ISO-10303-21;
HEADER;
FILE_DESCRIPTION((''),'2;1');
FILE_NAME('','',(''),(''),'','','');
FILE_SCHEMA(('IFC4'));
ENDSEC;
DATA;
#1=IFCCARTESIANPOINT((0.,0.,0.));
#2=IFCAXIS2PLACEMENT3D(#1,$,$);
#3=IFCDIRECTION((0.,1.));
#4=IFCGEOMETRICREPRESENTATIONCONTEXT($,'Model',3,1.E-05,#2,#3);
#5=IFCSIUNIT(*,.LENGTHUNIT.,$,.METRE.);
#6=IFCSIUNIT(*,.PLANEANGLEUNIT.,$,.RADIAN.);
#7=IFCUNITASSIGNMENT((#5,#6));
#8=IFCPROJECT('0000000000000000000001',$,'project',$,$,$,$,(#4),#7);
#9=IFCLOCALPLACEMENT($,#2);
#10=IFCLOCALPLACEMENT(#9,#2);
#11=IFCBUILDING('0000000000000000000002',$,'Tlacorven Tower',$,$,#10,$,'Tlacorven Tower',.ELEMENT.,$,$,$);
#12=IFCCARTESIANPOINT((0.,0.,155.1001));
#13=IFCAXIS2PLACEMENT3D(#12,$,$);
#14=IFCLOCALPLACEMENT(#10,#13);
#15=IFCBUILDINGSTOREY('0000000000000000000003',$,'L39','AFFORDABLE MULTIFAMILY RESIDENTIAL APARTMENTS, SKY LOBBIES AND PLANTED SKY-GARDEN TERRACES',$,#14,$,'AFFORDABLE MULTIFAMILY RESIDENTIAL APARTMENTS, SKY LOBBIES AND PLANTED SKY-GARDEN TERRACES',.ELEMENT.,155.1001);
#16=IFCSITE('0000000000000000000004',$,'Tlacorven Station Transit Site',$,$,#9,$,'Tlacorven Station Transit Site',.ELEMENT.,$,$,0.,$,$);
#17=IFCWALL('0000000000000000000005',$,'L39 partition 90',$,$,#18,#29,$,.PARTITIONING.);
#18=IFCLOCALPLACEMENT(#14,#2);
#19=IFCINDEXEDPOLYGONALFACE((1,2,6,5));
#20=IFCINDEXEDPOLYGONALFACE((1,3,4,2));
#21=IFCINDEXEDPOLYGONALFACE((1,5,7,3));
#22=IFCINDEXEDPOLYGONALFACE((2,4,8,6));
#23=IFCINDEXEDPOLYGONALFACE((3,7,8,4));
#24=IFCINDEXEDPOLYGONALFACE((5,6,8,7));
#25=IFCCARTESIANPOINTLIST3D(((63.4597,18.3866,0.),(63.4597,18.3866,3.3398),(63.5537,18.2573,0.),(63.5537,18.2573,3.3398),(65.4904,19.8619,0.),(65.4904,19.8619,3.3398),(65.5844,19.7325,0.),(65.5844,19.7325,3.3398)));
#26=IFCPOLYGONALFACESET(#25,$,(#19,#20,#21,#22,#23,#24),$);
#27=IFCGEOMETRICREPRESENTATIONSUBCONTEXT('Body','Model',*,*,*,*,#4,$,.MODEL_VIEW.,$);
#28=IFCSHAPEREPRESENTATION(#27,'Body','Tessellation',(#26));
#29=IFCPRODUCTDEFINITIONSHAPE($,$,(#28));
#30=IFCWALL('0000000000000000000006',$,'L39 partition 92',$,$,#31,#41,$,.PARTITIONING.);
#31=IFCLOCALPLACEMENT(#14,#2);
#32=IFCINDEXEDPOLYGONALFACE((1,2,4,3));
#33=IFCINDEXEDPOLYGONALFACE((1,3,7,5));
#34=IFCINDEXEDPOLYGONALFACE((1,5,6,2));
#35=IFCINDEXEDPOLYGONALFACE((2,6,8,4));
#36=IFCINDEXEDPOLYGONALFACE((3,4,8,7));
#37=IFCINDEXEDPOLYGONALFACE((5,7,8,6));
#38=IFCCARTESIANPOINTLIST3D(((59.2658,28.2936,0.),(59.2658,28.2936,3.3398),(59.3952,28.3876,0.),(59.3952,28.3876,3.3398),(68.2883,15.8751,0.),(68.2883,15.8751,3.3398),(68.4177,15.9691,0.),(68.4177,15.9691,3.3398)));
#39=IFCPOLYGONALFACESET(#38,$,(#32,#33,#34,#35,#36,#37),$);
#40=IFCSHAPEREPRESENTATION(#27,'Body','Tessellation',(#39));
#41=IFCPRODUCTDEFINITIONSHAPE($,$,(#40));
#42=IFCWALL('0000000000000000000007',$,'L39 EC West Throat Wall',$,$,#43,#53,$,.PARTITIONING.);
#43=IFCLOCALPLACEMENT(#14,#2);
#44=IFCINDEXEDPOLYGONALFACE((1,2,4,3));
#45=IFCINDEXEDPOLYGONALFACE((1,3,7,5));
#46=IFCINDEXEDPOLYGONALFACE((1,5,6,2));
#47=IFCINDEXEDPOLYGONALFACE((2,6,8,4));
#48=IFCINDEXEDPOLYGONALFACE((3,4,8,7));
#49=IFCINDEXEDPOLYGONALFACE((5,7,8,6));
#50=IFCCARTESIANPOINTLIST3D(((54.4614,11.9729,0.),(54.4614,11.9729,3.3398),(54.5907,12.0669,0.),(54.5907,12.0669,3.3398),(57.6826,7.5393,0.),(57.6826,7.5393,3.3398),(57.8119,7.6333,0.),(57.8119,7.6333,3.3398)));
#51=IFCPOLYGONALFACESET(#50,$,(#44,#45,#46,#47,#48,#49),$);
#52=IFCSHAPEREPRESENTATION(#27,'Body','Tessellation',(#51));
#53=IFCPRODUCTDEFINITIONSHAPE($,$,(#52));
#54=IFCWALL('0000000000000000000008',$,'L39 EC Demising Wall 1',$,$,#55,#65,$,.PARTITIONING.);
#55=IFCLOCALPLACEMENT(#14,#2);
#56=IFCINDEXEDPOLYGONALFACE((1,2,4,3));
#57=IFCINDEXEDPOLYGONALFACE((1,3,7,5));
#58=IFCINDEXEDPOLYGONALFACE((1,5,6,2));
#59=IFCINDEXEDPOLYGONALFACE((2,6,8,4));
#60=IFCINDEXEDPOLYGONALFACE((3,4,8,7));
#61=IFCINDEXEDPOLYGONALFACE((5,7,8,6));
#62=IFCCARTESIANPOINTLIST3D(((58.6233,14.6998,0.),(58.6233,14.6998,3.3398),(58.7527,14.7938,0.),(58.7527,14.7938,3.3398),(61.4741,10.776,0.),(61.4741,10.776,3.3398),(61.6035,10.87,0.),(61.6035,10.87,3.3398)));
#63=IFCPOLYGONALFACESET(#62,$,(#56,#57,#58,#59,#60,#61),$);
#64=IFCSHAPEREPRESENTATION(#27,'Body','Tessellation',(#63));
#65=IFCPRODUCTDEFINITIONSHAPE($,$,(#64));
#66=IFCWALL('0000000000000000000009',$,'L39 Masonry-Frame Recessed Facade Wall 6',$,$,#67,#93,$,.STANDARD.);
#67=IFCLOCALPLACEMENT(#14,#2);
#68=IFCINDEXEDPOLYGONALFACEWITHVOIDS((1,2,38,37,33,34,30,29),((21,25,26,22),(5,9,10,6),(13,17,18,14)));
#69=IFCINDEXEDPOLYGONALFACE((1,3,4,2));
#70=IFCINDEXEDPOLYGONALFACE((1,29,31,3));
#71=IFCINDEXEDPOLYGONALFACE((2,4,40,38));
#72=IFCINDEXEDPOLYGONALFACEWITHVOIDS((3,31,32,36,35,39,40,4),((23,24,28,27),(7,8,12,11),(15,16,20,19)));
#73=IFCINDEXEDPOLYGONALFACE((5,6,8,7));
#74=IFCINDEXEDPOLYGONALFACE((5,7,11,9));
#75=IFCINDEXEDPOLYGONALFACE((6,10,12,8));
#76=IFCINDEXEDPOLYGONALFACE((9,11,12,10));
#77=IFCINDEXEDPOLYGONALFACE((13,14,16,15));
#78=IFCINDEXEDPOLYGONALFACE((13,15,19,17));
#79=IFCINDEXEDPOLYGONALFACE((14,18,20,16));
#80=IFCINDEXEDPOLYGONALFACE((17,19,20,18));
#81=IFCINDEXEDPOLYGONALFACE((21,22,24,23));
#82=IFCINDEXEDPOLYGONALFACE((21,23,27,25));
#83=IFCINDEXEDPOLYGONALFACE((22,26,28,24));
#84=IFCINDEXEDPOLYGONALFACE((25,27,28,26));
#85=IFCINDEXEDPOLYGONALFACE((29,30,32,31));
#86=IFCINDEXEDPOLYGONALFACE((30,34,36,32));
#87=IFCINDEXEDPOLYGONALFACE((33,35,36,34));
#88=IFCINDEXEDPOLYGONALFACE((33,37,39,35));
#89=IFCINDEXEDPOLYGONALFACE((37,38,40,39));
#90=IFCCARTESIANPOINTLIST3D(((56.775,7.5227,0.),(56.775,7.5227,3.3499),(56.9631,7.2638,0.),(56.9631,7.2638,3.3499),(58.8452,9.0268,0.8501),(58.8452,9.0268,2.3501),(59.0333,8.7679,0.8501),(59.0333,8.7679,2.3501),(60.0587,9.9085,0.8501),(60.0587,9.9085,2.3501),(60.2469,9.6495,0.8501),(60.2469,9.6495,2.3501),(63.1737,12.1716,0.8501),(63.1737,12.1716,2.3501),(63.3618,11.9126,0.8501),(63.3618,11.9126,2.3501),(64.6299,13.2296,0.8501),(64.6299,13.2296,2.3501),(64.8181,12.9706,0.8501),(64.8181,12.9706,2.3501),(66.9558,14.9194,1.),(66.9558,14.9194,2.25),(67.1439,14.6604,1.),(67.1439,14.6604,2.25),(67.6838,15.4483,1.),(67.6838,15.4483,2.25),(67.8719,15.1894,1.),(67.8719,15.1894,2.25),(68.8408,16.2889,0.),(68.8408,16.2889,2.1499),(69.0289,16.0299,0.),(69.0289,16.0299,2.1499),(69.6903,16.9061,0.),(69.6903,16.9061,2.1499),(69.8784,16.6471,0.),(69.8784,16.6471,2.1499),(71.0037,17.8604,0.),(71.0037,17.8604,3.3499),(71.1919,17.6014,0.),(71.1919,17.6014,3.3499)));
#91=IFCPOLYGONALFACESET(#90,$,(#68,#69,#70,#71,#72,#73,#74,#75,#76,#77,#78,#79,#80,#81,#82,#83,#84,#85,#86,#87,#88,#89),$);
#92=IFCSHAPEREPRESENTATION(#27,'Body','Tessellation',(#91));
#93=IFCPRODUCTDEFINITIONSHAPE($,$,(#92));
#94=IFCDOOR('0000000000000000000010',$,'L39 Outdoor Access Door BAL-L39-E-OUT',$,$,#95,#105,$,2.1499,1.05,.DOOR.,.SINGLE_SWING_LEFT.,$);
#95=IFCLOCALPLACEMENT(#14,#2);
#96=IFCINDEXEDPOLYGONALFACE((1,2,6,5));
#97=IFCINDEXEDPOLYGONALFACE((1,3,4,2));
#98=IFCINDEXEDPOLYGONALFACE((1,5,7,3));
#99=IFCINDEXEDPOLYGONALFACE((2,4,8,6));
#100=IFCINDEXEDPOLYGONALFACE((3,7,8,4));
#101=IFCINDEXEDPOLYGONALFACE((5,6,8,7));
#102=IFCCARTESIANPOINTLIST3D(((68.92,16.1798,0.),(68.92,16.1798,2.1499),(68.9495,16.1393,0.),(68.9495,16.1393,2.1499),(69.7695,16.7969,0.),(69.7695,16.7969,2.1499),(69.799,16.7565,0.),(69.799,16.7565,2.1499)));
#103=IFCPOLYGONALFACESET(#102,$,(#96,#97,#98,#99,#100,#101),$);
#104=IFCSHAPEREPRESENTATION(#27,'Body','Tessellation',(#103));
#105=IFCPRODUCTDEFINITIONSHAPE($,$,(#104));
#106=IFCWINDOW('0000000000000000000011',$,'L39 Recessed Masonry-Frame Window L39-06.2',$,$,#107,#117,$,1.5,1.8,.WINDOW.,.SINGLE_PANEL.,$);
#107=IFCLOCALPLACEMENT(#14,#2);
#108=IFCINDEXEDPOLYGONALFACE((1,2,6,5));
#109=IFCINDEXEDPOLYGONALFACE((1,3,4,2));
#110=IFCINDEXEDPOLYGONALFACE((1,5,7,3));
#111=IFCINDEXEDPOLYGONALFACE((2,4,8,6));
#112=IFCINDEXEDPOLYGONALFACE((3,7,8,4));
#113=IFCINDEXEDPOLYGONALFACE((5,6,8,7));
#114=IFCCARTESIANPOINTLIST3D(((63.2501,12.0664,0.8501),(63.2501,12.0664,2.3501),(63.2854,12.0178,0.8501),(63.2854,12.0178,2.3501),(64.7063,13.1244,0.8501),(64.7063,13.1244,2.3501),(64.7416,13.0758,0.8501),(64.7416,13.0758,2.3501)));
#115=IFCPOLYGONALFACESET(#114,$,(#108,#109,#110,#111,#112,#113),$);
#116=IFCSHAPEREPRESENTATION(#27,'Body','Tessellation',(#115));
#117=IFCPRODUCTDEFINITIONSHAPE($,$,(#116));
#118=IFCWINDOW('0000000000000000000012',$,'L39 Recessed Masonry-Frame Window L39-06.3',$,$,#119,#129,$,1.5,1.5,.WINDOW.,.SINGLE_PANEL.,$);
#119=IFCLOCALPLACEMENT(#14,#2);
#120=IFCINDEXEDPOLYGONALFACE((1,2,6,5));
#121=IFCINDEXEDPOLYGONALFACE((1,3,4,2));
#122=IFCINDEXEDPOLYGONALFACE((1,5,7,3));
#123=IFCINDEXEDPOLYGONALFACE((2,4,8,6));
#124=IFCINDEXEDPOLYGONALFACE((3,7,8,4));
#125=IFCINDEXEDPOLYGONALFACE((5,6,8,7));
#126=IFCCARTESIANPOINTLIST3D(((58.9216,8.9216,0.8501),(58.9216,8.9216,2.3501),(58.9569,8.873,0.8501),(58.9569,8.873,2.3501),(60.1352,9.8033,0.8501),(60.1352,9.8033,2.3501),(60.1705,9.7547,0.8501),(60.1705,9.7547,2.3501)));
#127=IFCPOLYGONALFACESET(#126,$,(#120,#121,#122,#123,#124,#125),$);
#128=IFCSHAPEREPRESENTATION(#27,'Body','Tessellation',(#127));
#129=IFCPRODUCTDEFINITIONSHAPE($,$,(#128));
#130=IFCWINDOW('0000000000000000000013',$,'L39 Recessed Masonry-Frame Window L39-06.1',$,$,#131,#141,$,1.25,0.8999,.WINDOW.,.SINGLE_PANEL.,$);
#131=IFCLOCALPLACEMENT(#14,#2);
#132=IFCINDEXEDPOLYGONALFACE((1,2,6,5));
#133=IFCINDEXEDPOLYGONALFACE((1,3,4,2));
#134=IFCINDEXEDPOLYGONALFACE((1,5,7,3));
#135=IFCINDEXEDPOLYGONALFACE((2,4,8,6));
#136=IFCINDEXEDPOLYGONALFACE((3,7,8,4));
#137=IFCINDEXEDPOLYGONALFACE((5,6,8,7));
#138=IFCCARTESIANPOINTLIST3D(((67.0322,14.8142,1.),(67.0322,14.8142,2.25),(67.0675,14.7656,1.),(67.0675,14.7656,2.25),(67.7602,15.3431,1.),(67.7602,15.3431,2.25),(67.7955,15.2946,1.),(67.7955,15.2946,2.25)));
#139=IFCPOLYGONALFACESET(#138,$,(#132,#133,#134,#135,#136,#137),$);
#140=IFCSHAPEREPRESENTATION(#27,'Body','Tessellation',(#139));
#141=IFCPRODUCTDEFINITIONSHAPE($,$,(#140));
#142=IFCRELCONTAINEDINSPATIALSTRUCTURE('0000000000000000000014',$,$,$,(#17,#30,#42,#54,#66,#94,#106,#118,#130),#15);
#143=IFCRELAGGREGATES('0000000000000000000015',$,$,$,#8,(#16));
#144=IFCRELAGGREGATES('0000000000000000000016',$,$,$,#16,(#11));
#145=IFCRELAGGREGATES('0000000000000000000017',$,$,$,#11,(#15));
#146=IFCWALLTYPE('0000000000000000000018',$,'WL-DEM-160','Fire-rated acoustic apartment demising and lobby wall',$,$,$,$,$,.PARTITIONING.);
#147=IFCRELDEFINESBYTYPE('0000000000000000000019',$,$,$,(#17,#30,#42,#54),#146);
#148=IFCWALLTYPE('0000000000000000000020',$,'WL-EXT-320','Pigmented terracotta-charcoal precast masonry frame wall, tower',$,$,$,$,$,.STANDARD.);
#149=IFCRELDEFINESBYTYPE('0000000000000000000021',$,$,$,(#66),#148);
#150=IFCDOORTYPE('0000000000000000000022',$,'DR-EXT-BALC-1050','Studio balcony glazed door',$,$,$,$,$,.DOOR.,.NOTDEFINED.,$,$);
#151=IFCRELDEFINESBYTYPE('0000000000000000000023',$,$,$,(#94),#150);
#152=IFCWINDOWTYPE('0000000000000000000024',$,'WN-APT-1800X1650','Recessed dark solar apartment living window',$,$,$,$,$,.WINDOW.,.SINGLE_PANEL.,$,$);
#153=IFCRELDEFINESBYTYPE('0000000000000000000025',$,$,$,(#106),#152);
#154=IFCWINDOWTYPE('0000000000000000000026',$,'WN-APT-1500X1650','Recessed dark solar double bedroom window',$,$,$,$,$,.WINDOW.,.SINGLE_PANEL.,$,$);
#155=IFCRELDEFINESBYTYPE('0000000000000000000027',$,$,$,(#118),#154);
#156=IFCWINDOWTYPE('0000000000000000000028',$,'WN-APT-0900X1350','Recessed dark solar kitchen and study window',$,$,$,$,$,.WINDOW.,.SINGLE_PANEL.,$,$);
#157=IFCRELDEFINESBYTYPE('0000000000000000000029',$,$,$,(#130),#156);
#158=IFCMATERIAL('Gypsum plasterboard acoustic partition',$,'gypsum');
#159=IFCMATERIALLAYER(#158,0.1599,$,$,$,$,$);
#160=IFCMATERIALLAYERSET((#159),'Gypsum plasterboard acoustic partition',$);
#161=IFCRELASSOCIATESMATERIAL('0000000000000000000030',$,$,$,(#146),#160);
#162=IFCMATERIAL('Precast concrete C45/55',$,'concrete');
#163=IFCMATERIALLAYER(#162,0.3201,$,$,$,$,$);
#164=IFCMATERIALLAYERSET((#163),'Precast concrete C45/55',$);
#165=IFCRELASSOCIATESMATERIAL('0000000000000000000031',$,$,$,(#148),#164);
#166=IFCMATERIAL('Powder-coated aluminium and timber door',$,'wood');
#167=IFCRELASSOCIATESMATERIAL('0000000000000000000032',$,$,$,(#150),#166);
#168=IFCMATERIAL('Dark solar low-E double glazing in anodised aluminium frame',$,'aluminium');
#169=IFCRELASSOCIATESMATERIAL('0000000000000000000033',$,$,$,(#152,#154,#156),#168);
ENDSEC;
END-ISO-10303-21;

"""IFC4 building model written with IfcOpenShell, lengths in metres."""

from ifc_helpers import new_model, si_unit, direction, frame, frame_2d, origin, place, context, subcontext, project, spatial, rectangle, extrude, source, transform, mapped, material, layer, layer_set, type_object, element, fill, save


model = new_model("IFC4")

# Units and contexts
model_context = context("Model", 3, precision=1e-05, world=origin(), true_north=direction((0.0, 1.0)))
body_context = subcontext(model_context, "Body", "Model", "MODEL_VIEW")
ifc_project = project(units=[si_unit("LENGTHUNIT", "METRE"), si_unit("PLANEANGLEUNIT", "RADIAN")], contexts=[model_context])

# Site, building, storey
site_placement = place(None, origin())
site = spatial("IfcSite", under=ifc_project, at=site_placement, Name="Tlacorven Station Transit Site", LongName="Tlacorven Station Transit Site", CompositionType="ELEMENT", RefElevation=0.0)
building_placement = place(site_placement, origin())
building = spatial("IfcBuilding", under=site, at=building_placement, Name="Tlacorven Tower", LongName="Tlacorven Tower", CompositionType="ELEMENT")
storey_placement = place(building_placement, frame((0.0, 0.0, 155.1001)))
storey = spatial("IfcBuildingStorey", under=building, at=storey_placement, Name="L39", Description="AFFORDABLE MULTIFAMILY RESIDENTIAL APARTMENTS, SKY LOBBIES AND PLANTED SKY-GARDEN TERRACES", LongName="AFFORDABLE MULTIFAMILY RESIDENTIAL APARTMENTS, SKY LOBBIES AND PLANTED SKY-GARDEN TERRACES", CompositionType="ELEMENT", Elevation=155.1001)

# Walls
ifc_material_1 = material(Name="Gypsum plasterboard acoustic partition", Category="gypsum")
ifc_layer_1 = layer(ifc_material_1, 0.1599)
ifc_layer_set_1 = layer_set([ifc_layer_1], Name="Gypsum plasterboard acoustic partition")
wall_type_1 = type_object("IfcWallType", Name="WL-DEM-160", Description="Fire-rated acoustic apartment demising and lobby wall", PredefinedType="PARTITIONING", material=ifc_layer_set_1)
wall_1_placement = place(storey_placement, frame((63.5068, 18.322, 0.0), z_axis=(0.0, 0.0, 1.0), x_axis=(0.809035, 0.587761, 0.0)))
element("IfcWall", 1, at=wall_1_placement, inside=storey, type_object=wall_type_1, Name="L39 partition 90", PredefinedType="PARTITIONING", context=body_context, shape_type="SweptSolid", body=[
    extrude(rectangle(XDim=2.51, YDim=0.1599, at=frame_2d((1.2549, 0.0))), origin(), (0.0, 0.0, 1.0), 3.3398),
])
wall_2_placement = place(storey_placement, frame((68.353, 15.9221, 0.0), z_axis=(0.0, 0.0, 1.0), x_axis=(-0.587782, 0.809019, 0.0)))
element("IfcWall", 2, at=wall_2_placement, inside=storey, type_object=wall_type_1, Name="L39 partition 92", PredefinedType="PARTITIONING", context=body_context, shape_type="SweptSolid", body=[
    extrude(rectangle(XDim=15.3501, YDim=0.1599, at=frame_2d((7.675, 0.0))), origin(), (0.0, 0.0, 1.0), 3.3398),
])
wall_3_placement = place(storey_placement, frame((57.7473, 7.5862, 0.0), z_axis=(0.0, 0.0, 1.0), x_axis=(-0.587785, 0.809017, 0.0)))
element("IfcWall", 3, at=wall_3_placement, inside=storey, type_object=wall_type_1, Name="L39 EC West Throat Wall", PredefinedType="PARTITIONING", context=body_context, shape_type="SweptSolid", body=[
    extrude(rectangle(XDim=5.4802, YDim=0.1599, at=frame_2d((2.7402, 0.0))), origin(), (0.0, 0.0, 1.0), 3.3398),
])
wall_4_placement = place(storey_placement, frame((61.5388, 10.823, 0.0), z_axis=(0.0, 0.0, 1.0), x_axis=(-0.587786, 0.809017, 0.0)))
element("IfcWall", 4, at=wall_4_placement, inside=storey, type_object=wall_type_1, Name="L39 EC Demising Wall 1", PredefinedType="PARTITIONING", context=body_context, shape_type="SweptSolid", body=[
    extrude(rectangle(XDim=4.8501, YDim=0.1599, at=frame_2d((2.425, 0.0))), origin(), (0.0, 0.0, 1.0), 3.3398),
])

# Wall, openings, door, windows
ifc_material_2 = material(Name="Precast concrete C45/55", Category="concrete")
ifc_layer_2 = layer(ifc_material_2, 0.3201)
ifc_layer_set_2 = layer_set([ifc_layer_2], Name="Precast concrete C45/55")
wall_type_2 = type_object("IfcWallType", Name="WL-EXT-320", Description="Pigmented terracotta-charcoal precast masonry frame wall, tower", PredefinedType="STANDARD", material=ifc_layer_set_2)
wall_5_placement = place(storey_placement, frame((71.0979, 17.731, 0.0), z_axis=(0.0, 0.0, 1.0), x_axis=(-0.809021, -0.58778, 0.0)))
wall_5 = element("IfcWall", 5, at=wall_5_placement, inside=storey, type_object=wall_type_2, Name="L39 Masonry-Frame Recessed Facade Wall 6", PredefinedType="STANDARD", context=body_context, shape_type="SweptSolid", body=[
    extrude(rectangle(XDim=17.5876, YDim=0.3201, at=frame_2d((8.7939, 0.0))), origin(), (0.0, 0.0, 1.0), 3.3499),
])
opening_1_placement = place(wall_5_placement, frame((1.6238, 0.0, 0.0)))
opening_1 = element("IfcOpeningElement", 6, at=opening_1_placement, cuts=wall_5, PredefinedType="OPENING", context=body_context, shape_type="SweptSolid", body=[
    extrude(rectangle(XDim=1.05, YDim=2.1499, at=frame_2d((0.5249, 1.075))), frame((0.0, 0.1699, 0.0), z_axis=(0.0, -1.0, 0.0), x_axis=(1.0, 0.0, 0.0)), (0.0, 0.0, 1.0), 0.3401),
])
opening_2_placement = place(wall_5_placement, frame((4.1038, 0.0, 1.0)))
opening_2 = element("IfcOpeningElement", 7, at=opening_2_placement, cuts=wall_5, PredefinedType="OPENING", context=body_context, shape_type="SweptSolid", body=[
    extrude(rectangle(XDim=0.8999, YDim=1.25, at=frame_2d((0.45, 0.625))), frame((0.0, 0.1699, 0.0), z_axis=(0.0, -1.0, 0.0), x_axis=(1.0, 0.0, 0.0)), (0.0, 0.0, 1.0), 0.3401),
])
opening_3_placement = place(wall_5_placement, frame((7.8787, 0.0, 0.8501)))
opening_3 = element("IfcOpeningElement", 8, at=opening_3_placement, cuts=wall_5, PredefinedType="OPENING", context=body_context, shape_type="SweptSolid", body=[
    extrude(rectangle(XDim=1.8, YDim=1.5, at=frame_2d((0.8999, 0.75))), frame((0.0, 0.1699, 0.0), z_axis=(0.0, -1.0, 0.0), x_axis=(1.0, 0.0, 0.0)), (0.0, 0.0, 1.0), 0.3401),
])
opening_4_placement = place(wall_5_placement, frame((13.5288, 0.0, 0.8501)))
opening_4 = element("IfcOpeningElement", 9, at=opening_4_placement, cuts=wall_5, PredefinedType="OPENING", context=body_context, shape_type="SweptSolid", body=[
    extrude(rectangle(XDim=1.5, YDim=1.5, at=frame_2d((0.75, 0.75))), frame((0.0, 0.1699, 0.0), z_axis=(0.0, -1.0, 0.0), x_axis=(1.0, 0.0, 0.0)), (0.0, 0.0, 1.0), 0.3401),
])
ifc_material_3 = material(Name="Powder-coated aluminium and timber door", Category="wood")
door_type = type_object("IfcDoorType", Name="DR-EXT-BALC-1050", Description="Studio balcony glazed door", OperationType="NOTDEFINED", PredefinedType="DOOR", material=ifc_material_3)
shared_shape_1 = source(origin(), body_context, "Body", "SweptSolid", [
    extrude(rectangle(XDim=1.05, YDim=2.1499, at=frame_2d((0.5249, 1.075))), frame((0.0, 0.0249, 0.0), z_axis=(0.0, -1.0, 0.0), x_axis=(1.0, 0.0, 0.0)), (0.0, 0.0, 1.0), 0.05),
])
door_placement = place(opening_1_placement, origin())
door = element("IfcDoor", 10, at=door_placement, inside=storey, type_object=door_type, Name="L39 Outdoor Access Door BAL-L39-E-OUT", OperationType="SINGLE_SWING_LEFT", OverallHeight=2.1499, OverallWidth=1.05, PredefinedType="DOOR", context=body_context, shape_type="MappedRepresentation", body=[
    mapped(shared_shape_1, transform((0.0, 0.0, 0.0), scale=1.0)),
])
fill(opening_1, door)
ifc_material_4 = material(Name="Dark solar low-E double glazing in anodised aluminium frame", Category="aluminium")
window_type_1 = type_object("IfcWindowType", Name="WN-APT-1800X1650", Description="Recessed dark solar apartment living window", PartitioningType="SINGLE_PANEL", PredefinedType="WINDOW", material=ifc_material_4)
shared_shape_2 = source(origin(), body_context, "Body", "SweptSolid", [
    extrude(rectangle(XDim=1.8, YDim=1.5, at=frame_2d((0.8999, 0.75))), frame((0.0, 0.03, 0.0), z_axis=(0.0, -1.0, 0.0), x_axis=(1.0, 0.0, 0.0)), (0.0, 0.0, 1.0), 0.0601),
])
window_1_placement = place(opening_3_placement, origin())
window_1 = element("IfcWindow", 11, at=window_1_placement, inside=storey, type_object=window_type_1, Name="L39 Recessed Masonry-Frame Window L39-06.2", OverallHeight=1.5, OverallWidth=1.8, PartitioningType="SINGLE_PANEL", PredefinedType="WINDOW", context=body_context, shape_type="MappedRepresentation", body=[
    mapped(shared_shape_2, transform((0.0, 0.0, 0.0), scale=1.0)),
])
fill(opening_3, window_1)
window_type_2 = type_object("IfcWindowType", Name="WN-APT-1500X1650", Description="Recessed dark solar double bedroom window", PartitioningType="SINGLE_PANEL", PredefinedType="WINDOW", material=ifc_material_4)
shared_shape_3 = source(origin(), body_context, "Body", "SweptSolid", [
    extrude(rectangle(XDim=1.5, YDim=1.5, at=frame_2d((0.75, 0.75))), frame((0.0, 0.03, 0.0), z_axis=(0.0, -1.0, 0.0), x_axis=(1.0, 0.0, 0.0)), (0.0, 0.0, 1.0), 0.0601),
])
window_2_placement = place(opening_4_placement, origin())
window_2 = element("IfcWindow", 12, at=window_2_placement, inside=storey, type_object=window_type_2, Name="L39 Recessed Masonry-Frame Window L39-06.3", OverallHeight=1.5, OverallWidth=1.5, PartitioningType="SINGLE_PANEL", PredefinedType="WINDOW", context=body_context, shape_type="MappedRepresentation", body=[
    mapped(shared_shape_3, transform((0.0, 0.0, 0.0), scale=1.0)),
])
fill(opening_4, window_2)
window_type_3 = type_object("IfcWindowType", Name="WN-APT-0900X1350", Description="Recessed dark solar kitchen and study window", PartitioningType="SINGLE_PANEL", PredefinedType="WINDOW", material=ifc_material_4)
shared_shape_4 = source(origin(), body_context, "Body", "SweptSolid", [
    extrude(rectangle(XDim=0.8999, YDim=1.25, at=frame_2d((0.45, 0.625))), frame((0.0, 0.03, 0.0), z_axis=(0.0, -1.0, 0.0), x_axis=(1.0, 0.0, 0.0)), (0.0, 0.0, 1.0), 0.0601),
])
window_3_placement = place(opening_2_placement, origin())
window_3 = element("IfcWindow", 13, at=window_3_placement, inside=storey, type_object=window_type_3, Name="L39 Recessed Masonry-Frame Window L39-06.1", OverallHeight=1.25, OverallWidth=0.8999, PartitioningType="SINGLE_PANEL", PredefinedType="WINDOW", context=body_context, shape_type="MappedRepresentation", body=[
    mapped(shared_shape_4, transform((0.0, 0.0, 0.0), scale=1.0)),
])
fill(opening_2, window_3)

save(model, "model.ifc")
